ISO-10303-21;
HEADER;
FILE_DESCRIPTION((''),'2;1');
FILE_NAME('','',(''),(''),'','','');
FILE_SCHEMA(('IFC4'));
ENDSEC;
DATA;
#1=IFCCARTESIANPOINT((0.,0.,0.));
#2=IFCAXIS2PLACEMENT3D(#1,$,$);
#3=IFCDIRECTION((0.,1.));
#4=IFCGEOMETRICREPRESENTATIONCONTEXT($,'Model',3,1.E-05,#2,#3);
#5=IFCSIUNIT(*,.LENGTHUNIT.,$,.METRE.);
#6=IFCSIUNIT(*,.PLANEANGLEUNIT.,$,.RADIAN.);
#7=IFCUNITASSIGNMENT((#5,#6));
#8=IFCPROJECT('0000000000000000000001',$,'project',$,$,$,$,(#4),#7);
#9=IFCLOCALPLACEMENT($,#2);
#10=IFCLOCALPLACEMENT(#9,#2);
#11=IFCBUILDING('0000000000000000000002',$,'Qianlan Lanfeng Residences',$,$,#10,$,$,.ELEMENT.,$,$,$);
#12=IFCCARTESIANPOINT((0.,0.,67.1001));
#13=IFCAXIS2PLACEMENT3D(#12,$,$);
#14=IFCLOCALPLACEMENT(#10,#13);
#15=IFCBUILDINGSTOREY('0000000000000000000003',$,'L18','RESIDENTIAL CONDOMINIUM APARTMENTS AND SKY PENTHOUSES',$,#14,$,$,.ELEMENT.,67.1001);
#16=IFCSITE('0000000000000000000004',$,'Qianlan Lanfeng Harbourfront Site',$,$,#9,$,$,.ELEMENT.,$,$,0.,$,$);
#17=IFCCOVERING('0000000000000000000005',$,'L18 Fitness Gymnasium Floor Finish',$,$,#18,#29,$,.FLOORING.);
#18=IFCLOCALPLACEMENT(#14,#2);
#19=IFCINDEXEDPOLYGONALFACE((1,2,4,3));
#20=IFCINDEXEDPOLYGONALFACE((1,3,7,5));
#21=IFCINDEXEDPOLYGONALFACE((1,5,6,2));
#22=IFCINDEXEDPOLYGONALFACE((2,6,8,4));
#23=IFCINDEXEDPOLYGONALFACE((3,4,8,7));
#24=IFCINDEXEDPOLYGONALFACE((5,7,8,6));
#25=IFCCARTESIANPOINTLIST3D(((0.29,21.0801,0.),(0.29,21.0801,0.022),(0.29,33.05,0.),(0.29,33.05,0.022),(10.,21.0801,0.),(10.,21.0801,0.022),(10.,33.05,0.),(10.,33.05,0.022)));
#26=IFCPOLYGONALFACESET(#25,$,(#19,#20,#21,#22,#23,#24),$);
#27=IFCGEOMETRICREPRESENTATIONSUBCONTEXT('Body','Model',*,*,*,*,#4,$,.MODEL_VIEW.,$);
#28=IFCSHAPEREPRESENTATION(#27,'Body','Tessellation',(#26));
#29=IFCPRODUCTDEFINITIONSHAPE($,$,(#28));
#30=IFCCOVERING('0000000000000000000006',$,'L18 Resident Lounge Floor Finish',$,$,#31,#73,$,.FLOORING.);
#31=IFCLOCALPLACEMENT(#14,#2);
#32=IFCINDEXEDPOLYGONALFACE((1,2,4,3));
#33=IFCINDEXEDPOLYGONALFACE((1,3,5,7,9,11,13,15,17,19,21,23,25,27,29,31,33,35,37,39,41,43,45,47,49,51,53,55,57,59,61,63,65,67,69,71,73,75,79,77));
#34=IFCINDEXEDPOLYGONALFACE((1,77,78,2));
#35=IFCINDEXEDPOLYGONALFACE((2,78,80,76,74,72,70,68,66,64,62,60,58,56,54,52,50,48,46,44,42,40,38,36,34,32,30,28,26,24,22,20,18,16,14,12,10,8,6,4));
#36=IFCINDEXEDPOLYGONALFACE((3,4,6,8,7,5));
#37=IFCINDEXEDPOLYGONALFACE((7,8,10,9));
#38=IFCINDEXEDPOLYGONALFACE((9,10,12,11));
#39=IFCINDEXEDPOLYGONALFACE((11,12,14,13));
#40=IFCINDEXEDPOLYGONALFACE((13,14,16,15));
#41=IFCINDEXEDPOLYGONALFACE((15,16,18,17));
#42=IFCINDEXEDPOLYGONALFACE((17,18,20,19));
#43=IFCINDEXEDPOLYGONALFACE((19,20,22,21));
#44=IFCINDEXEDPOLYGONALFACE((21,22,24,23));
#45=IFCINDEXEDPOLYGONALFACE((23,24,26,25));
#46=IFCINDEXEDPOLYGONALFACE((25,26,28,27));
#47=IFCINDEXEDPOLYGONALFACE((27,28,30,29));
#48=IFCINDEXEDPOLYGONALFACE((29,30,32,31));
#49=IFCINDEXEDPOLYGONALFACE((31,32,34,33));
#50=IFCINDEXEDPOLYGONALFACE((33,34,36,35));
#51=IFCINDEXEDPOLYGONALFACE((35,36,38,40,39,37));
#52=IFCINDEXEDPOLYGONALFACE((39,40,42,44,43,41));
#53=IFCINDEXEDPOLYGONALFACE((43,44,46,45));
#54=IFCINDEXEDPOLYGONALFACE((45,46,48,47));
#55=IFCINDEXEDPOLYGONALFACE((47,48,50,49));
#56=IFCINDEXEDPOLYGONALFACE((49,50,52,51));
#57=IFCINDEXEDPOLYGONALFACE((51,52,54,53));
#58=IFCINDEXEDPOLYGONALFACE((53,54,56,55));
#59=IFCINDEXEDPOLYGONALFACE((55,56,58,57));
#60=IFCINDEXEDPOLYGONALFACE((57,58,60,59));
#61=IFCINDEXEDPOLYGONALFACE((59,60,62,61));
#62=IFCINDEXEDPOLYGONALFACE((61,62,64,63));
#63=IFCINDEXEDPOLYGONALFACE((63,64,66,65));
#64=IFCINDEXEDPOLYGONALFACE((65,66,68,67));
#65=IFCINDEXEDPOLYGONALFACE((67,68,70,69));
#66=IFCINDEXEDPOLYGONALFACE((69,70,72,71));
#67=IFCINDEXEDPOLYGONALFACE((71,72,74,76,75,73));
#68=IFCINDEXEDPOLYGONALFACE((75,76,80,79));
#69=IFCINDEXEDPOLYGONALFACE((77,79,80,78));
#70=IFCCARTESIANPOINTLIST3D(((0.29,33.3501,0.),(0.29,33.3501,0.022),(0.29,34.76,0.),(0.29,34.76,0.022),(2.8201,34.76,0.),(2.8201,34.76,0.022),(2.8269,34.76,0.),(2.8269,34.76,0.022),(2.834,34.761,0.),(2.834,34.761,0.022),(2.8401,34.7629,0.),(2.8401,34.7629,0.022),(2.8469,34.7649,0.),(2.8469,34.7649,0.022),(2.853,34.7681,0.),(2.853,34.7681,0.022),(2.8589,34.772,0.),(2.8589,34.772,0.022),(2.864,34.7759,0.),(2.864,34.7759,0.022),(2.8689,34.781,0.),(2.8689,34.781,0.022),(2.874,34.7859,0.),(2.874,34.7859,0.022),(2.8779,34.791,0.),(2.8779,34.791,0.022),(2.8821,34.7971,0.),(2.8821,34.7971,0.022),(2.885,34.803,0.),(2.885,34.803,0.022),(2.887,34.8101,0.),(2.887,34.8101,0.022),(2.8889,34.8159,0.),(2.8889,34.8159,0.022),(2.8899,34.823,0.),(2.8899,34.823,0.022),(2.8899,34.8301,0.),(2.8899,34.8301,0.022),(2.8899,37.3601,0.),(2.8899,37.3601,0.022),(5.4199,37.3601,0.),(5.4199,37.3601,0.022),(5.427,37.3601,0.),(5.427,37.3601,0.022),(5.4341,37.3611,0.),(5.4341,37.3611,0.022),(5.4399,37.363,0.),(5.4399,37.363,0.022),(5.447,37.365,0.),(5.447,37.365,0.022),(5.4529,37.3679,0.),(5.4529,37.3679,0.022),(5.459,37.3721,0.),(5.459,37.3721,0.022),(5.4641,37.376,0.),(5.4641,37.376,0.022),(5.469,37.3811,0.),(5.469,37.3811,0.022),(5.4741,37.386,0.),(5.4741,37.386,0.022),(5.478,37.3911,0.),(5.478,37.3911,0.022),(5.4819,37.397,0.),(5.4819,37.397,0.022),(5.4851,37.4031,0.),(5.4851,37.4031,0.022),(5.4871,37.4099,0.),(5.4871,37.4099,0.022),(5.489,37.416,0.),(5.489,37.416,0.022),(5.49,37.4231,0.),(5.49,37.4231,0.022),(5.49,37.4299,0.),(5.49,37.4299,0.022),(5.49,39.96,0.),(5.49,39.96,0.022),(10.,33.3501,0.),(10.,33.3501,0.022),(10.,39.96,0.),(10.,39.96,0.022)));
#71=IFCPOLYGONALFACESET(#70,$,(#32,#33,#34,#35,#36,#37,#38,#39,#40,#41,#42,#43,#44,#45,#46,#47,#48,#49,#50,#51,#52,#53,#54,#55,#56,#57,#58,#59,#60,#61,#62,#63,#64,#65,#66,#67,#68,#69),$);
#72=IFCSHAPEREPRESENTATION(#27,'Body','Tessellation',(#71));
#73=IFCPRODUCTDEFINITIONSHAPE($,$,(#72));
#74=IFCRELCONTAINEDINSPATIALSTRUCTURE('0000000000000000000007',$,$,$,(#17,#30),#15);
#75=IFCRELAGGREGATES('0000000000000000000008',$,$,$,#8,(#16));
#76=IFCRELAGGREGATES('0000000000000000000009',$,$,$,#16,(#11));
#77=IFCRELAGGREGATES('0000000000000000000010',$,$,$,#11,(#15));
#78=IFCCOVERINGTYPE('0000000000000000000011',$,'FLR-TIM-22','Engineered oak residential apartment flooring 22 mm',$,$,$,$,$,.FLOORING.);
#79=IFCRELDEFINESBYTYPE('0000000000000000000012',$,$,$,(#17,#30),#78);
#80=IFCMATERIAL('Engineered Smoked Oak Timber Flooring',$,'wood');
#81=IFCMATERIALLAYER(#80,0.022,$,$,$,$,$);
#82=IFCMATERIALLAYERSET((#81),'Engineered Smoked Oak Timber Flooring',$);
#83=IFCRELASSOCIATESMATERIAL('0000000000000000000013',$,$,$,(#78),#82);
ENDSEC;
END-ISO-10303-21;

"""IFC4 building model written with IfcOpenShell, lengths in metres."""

from ifc_helpers import new_model, si_unit, direction, frame, origin, place, context, subcontext, project, spatial, polyline, outline, extrude, material, layer, layer_set, type_object, element, save


model = new_model("IFC4")

# Units and contexts
model_context = context("Model", 3, precision=1e-05, world=origin(), true_north=direction((0.0, 1.0)))
body_context = subcontext(model_context, "Body", "Model", "MODEL_VIEW")
ifc_project = project(units=[si_unit("LENGTHUNIT", "METRE"), si_unit("PLANEANGLEUNIT", "RADIAN")], contexts=[model_context])

# Site, building, storey
site_placement = place(None, origin())
site = spatial("IfcSite", under=ifc_project, at=site_placement, Name="Qianlan Lanfeng Harbourfront Site", CompositionType="ELEMENT", RefElevation=0.0)
building_placement = place(site_placement, origin())
building = spatial("IfcBuilding", under=site, at=building_placement, Name="Qianlan Lanfeng Residences", CompositionType="ELEMENT")
storey_placement = place(building_placement, frame((0.0, 0.0, 67.1001)))
storey = spatial("IfcBuildingStorey", under=building, at=storey_placement, Name="L18", Description="RESIDENTIAL CONDOMINIUM APARTMENTS AND SKY PENTHOUSES", CompositionType="ELEMENT", Elevation=67.1001)

# Coverings
ifc_material_1 = material(Name="Engineered Smoked Oak Timber Flooring", Category="wood")
ifc_layer_1 = layer(ifc_material_1, 0.022)
ifc_layer_set_1 = layer_set([ifc_layer_1], Name="Engineered Smoked Oak Timber Flooring")
covering_type_1 = type_object("IfcCoveringType", Name="FLR-TIM-22", Description="Engineered oak residential apartment flooring 22 mm", PredefinedType="FLOORING", material=ifc_layer_set_1)
covering_1_placement = place(storey_placement, origin())
element("IfcCovering", 1, at=covering_1_placement, inside=storey, type_object=covering_type_1, Name="L18 Fitness Gymnasium Floor Finish", PredefinedType="FLOORING", context=body_context, shape_type="SweptSolid", body=[
    extrude(outline(polyline([(10.0, 33.05), (0.29, 33.05), (0.29, 21.0801), (10.0, 21.0801), (10.0, 33.05)])), origin(), (0.0, 0.0, 1.0), 0.022),
])
covering_2_placement = place(storey_placement, origin())
element("IfcCovering", 2, at=covering_2_placement, inside=storey, type_object=covering_type_1, Name="L18 Resident Lounge Floor Finish", PredefinedType="FLOORING", context=body_context, shape_type="SweptSolid", body=[
    extrude(outline(polyline([(0.29, 33.3501), (10.0, 33.3501), (10.0, 39.96), (5.49, 39.96), (5.49, 37.4299), (5.49, 37.4231), (5.489, 37.416), (5.4871, 37.4099), (5.4851, 37.4031), (5.4819, 37.397), (5.478, 37.3911), (5.4741, 37.386), (5.469, 37.3811), (5.4641, 37.376), (5.459, 37.3721), (5.4529, 37.3679), (5.447, 37.365), (5.4399, 37.363), (5.4341, 37.3611), (5.427, 37.3601), (5.4199, 37.3601), (2.8899, 37.3601), (2.8899, 34.8301), (2.8899, 34.823), (2.8889, 34.8159), (2.887, 34.8101), (2.885, 34.803), (2.8821, 34.7971), (2.8779, 34.791), (2.874, 34.7859), (2.8689, 34.781), (2.864, 34.7759), (2.8589, 34.772), (2.853, 34.7681), (2.8469, 34.7649), (2.8401, 34.7629), (2.834, 34.761), (2.8269, 34.76), (2.8201, 34.76), (0.29, 34.76), (0.29, 33.3501)])), origin(), (0.0, 0.0, 1.0), 0.022),
])

save(model, "model.ifc")
